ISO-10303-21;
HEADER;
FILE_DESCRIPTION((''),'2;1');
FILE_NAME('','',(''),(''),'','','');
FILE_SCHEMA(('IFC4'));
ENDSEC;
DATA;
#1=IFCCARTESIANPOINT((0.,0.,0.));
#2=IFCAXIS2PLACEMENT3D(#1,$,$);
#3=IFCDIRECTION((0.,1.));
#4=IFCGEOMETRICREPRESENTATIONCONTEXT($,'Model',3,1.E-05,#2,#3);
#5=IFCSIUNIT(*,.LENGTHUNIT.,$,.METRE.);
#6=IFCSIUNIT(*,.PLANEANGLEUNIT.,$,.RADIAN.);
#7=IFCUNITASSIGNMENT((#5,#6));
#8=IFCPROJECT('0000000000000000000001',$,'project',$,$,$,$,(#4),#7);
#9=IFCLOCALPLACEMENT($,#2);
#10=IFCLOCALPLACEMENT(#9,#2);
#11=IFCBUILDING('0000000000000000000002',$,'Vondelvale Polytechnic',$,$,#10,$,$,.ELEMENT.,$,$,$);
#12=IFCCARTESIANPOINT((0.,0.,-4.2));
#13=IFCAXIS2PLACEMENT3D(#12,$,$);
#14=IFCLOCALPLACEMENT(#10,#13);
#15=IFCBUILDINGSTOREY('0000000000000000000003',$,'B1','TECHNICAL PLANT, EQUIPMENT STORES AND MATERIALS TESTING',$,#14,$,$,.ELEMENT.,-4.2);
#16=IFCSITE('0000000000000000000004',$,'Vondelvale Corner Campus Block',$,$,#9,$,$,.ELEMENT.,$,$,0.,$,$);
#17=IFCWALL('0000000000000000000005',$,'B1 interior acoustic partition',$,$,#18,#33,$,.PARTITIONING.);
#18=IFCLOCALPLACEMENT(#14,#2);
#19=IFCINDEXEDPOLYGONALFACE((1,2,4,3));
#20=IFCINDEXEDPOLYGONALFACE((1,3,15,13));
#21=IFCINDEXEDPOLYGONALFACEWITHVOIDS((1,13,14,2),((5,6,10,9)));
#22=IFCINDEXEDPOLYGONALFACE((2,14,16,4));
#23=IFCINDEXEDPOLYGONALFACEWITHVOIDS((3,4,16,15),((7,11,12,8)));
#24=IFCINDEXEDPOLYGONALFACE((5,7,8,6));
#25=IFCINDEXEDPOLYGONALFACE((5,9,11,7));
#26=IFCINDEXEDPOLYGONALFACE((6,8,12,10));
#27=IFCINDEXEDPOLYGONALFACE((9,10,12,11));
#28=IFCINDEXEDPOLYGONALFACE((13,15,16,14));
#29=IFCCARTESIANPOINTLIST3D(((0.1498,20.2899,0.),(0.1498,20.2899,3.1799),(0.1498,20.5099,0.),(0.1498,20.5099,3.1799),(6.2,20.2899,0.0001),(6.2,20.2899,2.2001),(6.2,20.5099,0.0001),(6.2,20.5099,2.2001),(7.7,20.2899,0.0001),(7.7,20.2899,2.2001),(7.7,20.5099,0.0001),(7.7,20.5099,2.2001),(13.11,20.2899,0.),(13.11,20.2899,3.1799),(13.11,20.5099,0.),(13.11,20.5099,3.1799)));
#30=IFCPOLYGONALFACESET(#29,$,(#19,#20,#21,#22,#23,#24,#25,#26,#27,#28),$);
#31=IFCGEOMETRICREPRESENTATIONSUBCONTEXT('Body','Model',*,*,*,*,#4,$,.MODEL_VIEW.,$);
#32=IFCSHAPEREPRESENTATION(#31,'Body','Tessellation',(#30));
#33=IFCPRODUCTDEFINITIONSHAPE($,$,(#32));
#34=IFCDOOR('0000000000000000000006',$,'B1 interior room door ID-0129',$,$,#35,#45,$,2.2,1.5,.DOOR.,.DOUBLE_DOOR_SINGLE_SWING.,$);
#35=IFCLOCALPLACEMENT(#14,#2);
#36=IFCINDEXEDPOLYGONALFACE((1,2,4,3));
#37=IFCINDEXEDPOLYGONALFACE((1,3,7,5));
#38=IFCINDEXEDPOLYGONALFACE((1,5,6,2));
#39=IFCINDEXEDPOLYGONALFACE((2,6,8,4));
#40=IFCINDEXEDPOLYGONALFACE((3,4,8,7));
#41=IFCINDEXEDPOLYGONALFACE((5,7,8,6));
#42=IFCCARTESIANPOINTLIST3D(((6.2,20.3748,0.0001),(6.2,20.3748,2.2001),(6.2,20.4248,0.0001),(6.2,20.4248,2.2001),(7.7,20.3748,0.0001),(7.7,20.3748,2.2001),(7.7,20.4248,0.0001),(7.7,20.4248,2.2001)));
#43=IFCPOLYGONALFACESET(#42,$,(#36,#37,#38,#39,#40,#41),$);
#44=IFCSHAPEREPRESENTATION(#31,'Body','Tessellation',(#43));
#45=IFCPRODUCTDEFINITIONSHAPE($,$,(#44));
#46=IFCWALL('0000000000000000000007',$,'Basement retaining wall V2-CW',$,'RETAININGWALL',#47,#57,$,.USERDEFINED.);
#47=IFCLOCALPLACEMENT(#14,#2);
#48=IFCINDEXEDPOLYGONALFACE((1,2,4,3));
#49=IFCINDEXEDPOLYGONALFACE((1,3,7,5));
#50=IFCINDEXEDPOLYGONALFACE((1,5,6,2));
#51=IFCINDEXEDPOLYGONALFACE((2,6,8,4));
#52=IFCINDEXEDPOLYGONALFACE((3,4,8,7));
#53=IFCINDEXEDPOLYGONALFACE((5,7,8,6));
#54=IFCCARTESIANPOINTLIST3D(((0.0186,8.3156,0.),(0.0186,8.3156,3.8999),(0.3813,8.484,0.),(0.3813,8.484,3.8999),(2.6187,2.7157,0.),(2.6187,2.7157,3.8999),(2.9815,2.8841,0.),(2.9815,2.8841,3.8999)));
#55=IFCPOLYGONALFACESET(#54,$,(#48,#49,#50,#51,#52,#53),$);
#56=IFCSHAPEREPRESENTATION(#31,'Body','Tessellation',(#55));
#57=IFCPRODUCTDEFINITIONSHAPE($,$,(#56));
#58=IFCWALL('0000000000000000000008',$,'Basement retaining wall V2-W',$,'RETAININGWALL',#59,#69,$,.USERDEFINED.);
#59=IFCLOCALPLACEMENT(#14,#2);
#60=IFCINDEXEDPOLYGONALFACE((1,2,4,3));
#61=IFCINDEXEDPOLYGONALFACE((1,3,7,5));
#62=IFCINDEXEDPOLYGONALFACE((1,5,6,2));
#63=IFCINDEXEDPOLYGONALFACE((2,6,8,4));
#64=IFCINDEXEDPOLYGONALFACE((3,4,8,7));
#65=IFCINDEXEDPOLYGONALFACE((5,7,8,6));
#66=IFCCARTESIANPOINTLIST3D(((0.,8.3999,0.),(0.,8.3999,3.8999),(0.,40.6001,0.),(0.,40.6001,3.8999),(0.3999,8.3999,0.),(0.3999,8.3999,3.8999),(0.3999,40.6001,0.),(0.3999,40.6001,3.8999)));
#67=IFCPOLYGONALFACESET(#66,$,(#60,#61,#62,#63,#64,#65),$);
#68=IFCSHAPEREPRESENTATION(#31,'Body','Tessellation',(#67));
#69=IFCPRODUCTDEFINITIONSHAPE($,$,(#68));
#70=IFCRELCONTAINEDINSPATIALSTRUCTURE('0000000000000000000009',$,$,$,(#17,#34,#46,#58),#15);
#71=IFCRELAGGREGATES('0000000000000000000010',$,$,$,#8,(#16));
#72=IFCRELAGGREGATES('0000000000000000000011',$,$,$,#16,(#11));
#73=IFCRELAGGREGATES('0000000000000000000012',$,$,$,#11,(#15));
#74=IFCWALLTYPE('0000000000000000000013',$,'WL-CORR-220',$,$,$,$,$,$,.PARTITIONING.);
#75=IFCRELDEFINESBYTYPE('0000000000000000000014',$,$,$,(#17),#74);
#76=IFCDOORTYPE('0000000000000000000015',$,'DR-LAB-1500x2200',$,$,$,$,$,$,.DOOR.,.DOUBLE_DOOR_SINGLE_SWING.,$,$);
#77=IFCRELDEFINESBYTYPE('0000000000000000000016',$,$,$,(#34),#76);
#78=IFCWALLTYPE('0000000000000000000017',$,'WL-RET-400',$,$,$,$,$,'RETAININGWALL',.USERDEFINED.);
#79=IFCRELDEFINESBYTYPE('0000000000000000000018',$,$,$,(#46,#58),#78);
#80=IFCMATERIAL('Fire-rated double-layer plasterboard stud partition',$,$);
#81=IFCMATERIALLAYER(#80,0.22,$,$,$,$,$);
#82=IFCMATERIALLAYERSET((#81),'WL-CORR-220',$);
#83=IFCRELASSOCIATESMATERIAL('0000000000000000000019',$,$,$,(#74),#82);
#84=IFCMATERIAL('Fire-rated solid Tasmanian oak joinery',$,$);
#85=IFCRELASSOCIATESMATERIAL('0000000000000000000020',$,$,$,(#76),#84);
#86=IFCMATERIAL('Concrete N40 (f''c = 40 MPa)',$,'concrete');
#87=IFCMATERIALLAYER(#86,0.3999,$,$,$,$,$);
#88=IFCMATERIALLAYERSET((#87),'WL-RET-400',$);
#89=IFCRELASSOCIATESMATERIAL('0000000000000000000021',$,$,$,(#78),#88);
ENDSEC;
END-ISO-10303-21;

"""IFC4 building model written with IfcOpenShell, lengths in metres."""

from ifc_helpers import new_model, si_unit, direction, frame, frame_2d, origin, place, context, subcontext, project, spatial, rectangle, extrude, material, layer, layer_set, type_object, element, fill, save


model = new_model("IFC4")

# Units and contexts
model_context = context("Model", 3, precision=1e-05, world=origin(), true_north=direction((0.0, 1.0)))
body_context = subcontext(model_context, "Body", "Model", "MODEL_VIEW")
ifc_project = project(units=[si_unit("LENGTHUNIT", "METRE"), si_unit("PLANEANGLEUNIT", "RADIAN")], contexts=[model_context])

# Site, building, storey
site_placement = place(None, origin())
site = spatial("IfcSite", under=ifc_project, at=site_placement, Name="Vondelvale Corner Campus Block", CompositionType="ELEMENT", RefElevation=0.0)
building_placement = place(site_placement, origin())
building = spatial("IfcBuilding", under=site, at=building_placement, Name="Vondelvale Polytechnic", CompositionType="ELEMENT")
storey_placement = place(building_placement, frame((0.0, 0.0, -4.2)))
storey = spatial("IfcBuildingStorey", under=building, at=storey_placement, Name="B1", Description="TECHNICAL PLANT, EQUIPMENT STORES AND MATERIALS TESTING", CompositionType="ELEMENT", Elevation=-4.2)

# Shared definitions
ifc_material_1 = material(Name="Concrete N40 (f'c = 40 MPa)", Category="concrete")

# Wall, opening, door
ifc_material_2 = material(Name="Fire-rated double-layer plasterboard stud partition")
ifc_layer_1 = layer(ifc_material_2, 0.22)
ifc_layer_set_1 = layer_set([ifc_layer_1], Name="WL-CORR-220")
wall_type_1 = type_object("IfcWallType", Name="WL-CORR-220", PredefinedType="PARTITIONING", material=ifc_layer_set_1)
wall_1_placement = place(storey_placement, frame((0.1499, 20.3999, 0.0), z_axis=(0.0, 0.0, 1.0), x_axis=(1.0, 0.0, 0.0)))
wall_1 = element("IfcWall", 1, at=wall_1_placement, inside=storey, type_object=wall_type_1, Name="B1 interior acoustic partition", PredefinedType="PARTITIONING", context=body_context, shape_type="SweptSolid", body=[
    extrude(rectangle(XDim=12.9602, YDim=0.22, at=frame_2d((6.48, 0.0))), origin(), (0.0, 0.0, 1.0), 3.1799),
])
opening_placement = place(wall_1_placement, frame((6.05, 0.0, 0.0)))
opening = element("IfcOpeningElement", 2, at=opening_placement, cuts=wall_1, PredefinedType="OPENING", context=body_context, shape_type="SweptSolid", body=[
    extrude(rectangle(XDim=1.5, YDim=2.2, at=frame_2d((0.75, 1.1001))), frame((0.0, 0.1199, 0.0), z_axis=(0.0, -1.0, 0.0), x_axis=(1.0, 0.0, 0.0)), (0.0, 0.0, 1.0), 0.24),
])
ifc_material_3 = material(Name="Fire-rated solid Tasmanian oak joinery")
door_type = type_object("IfcDoorType", Name="DR-LAB-1500x2200", OperationType="DOUBLE_DOOR_SINGLE_SWING", PredefinedType="DOOR", material=ifc_material_3)
door_placement = place(opening_placement, origin())
door = element("IfcDoor", 3, at=door_placement, inside=storey, type_object=door_type, Name="B1 interior room door ID-0129", OperationType="DOUBLE_DOOR_SINGLE_SWING", OverallHeight=2.2, OverallWidth=1.5, PredefinedType="DOOR", context=body_context, shape_type="SweptSolid", body=[
    extrude(rectangle(XDim=1.5, YDim=2.2, at=frame_2d((0.75, 1.1001))), frame((0.0, 0.0249, 0.0), z_axis=(0.0, -1.0, 0.0), x_axis=(1.0, 0.0, 0.0)), (0.0, 0.0, 1.0), 0.05),
])
fill(opening, door)

# Walls
ifc_layer_2 = layer(ifc_material_1, 0.3999)
ifc_layer_set_2 = layer_set([ifc_layer_2], Name="WL-RET-400")
wall_type_2 = type_object("IfcWallType", Name="WL-RET-400", ElementType="RETAININGWALL", PredefinedType="USERDEFINED", material=ifc_layer_set_2)
wall_2_placement = place(storey_placement, frame((2.8, 2.8, 0.0), z_axis=(0.0, 0.0, 1.0), x_axis=(-0.421133, 0.906999, 0.0)))
element("IfcWall", 4, at=wall_2_placement, inside=storey, type_object=wall_type_2, Name="Basement retaining wall V2-CW", ObjectType="RETAININGWALL", PredefinedType="USERDEFINED", context=body_context, shape_type="SweptSolid", body=[
    extrude(rectangle(XDim=6.1741, YDim=0.3999, at=frame_2d((3.0869, 0.0))), origin(), (0.0, 0.0, 1.0), 3.8999),
])
wall_3_placement = place(storey_placement, frame((0.2, 8.3999, 0.0), z_axis=(0.0, 0.0, 1.0), x_axis=(0.0, 1.0, 0.0)))
element("IfcWall", 5, at=wall_3_placement, inside=storey, type_object=wall_type_2, Name="Basement retaining wall V2-W", ObjectType="RETAININGWALL", PredefinedType="USERDEFINED", context=body_context, shape_type="SweptSolid", body=[
    extrude(rectangle(XDim=32.2002, YDim=0.3999, at=frame_2d((16.1001, 0.0))), origin(), (0.0, 0.0, 1.0), 3.8999),
])

save(model, "model.ifc")
